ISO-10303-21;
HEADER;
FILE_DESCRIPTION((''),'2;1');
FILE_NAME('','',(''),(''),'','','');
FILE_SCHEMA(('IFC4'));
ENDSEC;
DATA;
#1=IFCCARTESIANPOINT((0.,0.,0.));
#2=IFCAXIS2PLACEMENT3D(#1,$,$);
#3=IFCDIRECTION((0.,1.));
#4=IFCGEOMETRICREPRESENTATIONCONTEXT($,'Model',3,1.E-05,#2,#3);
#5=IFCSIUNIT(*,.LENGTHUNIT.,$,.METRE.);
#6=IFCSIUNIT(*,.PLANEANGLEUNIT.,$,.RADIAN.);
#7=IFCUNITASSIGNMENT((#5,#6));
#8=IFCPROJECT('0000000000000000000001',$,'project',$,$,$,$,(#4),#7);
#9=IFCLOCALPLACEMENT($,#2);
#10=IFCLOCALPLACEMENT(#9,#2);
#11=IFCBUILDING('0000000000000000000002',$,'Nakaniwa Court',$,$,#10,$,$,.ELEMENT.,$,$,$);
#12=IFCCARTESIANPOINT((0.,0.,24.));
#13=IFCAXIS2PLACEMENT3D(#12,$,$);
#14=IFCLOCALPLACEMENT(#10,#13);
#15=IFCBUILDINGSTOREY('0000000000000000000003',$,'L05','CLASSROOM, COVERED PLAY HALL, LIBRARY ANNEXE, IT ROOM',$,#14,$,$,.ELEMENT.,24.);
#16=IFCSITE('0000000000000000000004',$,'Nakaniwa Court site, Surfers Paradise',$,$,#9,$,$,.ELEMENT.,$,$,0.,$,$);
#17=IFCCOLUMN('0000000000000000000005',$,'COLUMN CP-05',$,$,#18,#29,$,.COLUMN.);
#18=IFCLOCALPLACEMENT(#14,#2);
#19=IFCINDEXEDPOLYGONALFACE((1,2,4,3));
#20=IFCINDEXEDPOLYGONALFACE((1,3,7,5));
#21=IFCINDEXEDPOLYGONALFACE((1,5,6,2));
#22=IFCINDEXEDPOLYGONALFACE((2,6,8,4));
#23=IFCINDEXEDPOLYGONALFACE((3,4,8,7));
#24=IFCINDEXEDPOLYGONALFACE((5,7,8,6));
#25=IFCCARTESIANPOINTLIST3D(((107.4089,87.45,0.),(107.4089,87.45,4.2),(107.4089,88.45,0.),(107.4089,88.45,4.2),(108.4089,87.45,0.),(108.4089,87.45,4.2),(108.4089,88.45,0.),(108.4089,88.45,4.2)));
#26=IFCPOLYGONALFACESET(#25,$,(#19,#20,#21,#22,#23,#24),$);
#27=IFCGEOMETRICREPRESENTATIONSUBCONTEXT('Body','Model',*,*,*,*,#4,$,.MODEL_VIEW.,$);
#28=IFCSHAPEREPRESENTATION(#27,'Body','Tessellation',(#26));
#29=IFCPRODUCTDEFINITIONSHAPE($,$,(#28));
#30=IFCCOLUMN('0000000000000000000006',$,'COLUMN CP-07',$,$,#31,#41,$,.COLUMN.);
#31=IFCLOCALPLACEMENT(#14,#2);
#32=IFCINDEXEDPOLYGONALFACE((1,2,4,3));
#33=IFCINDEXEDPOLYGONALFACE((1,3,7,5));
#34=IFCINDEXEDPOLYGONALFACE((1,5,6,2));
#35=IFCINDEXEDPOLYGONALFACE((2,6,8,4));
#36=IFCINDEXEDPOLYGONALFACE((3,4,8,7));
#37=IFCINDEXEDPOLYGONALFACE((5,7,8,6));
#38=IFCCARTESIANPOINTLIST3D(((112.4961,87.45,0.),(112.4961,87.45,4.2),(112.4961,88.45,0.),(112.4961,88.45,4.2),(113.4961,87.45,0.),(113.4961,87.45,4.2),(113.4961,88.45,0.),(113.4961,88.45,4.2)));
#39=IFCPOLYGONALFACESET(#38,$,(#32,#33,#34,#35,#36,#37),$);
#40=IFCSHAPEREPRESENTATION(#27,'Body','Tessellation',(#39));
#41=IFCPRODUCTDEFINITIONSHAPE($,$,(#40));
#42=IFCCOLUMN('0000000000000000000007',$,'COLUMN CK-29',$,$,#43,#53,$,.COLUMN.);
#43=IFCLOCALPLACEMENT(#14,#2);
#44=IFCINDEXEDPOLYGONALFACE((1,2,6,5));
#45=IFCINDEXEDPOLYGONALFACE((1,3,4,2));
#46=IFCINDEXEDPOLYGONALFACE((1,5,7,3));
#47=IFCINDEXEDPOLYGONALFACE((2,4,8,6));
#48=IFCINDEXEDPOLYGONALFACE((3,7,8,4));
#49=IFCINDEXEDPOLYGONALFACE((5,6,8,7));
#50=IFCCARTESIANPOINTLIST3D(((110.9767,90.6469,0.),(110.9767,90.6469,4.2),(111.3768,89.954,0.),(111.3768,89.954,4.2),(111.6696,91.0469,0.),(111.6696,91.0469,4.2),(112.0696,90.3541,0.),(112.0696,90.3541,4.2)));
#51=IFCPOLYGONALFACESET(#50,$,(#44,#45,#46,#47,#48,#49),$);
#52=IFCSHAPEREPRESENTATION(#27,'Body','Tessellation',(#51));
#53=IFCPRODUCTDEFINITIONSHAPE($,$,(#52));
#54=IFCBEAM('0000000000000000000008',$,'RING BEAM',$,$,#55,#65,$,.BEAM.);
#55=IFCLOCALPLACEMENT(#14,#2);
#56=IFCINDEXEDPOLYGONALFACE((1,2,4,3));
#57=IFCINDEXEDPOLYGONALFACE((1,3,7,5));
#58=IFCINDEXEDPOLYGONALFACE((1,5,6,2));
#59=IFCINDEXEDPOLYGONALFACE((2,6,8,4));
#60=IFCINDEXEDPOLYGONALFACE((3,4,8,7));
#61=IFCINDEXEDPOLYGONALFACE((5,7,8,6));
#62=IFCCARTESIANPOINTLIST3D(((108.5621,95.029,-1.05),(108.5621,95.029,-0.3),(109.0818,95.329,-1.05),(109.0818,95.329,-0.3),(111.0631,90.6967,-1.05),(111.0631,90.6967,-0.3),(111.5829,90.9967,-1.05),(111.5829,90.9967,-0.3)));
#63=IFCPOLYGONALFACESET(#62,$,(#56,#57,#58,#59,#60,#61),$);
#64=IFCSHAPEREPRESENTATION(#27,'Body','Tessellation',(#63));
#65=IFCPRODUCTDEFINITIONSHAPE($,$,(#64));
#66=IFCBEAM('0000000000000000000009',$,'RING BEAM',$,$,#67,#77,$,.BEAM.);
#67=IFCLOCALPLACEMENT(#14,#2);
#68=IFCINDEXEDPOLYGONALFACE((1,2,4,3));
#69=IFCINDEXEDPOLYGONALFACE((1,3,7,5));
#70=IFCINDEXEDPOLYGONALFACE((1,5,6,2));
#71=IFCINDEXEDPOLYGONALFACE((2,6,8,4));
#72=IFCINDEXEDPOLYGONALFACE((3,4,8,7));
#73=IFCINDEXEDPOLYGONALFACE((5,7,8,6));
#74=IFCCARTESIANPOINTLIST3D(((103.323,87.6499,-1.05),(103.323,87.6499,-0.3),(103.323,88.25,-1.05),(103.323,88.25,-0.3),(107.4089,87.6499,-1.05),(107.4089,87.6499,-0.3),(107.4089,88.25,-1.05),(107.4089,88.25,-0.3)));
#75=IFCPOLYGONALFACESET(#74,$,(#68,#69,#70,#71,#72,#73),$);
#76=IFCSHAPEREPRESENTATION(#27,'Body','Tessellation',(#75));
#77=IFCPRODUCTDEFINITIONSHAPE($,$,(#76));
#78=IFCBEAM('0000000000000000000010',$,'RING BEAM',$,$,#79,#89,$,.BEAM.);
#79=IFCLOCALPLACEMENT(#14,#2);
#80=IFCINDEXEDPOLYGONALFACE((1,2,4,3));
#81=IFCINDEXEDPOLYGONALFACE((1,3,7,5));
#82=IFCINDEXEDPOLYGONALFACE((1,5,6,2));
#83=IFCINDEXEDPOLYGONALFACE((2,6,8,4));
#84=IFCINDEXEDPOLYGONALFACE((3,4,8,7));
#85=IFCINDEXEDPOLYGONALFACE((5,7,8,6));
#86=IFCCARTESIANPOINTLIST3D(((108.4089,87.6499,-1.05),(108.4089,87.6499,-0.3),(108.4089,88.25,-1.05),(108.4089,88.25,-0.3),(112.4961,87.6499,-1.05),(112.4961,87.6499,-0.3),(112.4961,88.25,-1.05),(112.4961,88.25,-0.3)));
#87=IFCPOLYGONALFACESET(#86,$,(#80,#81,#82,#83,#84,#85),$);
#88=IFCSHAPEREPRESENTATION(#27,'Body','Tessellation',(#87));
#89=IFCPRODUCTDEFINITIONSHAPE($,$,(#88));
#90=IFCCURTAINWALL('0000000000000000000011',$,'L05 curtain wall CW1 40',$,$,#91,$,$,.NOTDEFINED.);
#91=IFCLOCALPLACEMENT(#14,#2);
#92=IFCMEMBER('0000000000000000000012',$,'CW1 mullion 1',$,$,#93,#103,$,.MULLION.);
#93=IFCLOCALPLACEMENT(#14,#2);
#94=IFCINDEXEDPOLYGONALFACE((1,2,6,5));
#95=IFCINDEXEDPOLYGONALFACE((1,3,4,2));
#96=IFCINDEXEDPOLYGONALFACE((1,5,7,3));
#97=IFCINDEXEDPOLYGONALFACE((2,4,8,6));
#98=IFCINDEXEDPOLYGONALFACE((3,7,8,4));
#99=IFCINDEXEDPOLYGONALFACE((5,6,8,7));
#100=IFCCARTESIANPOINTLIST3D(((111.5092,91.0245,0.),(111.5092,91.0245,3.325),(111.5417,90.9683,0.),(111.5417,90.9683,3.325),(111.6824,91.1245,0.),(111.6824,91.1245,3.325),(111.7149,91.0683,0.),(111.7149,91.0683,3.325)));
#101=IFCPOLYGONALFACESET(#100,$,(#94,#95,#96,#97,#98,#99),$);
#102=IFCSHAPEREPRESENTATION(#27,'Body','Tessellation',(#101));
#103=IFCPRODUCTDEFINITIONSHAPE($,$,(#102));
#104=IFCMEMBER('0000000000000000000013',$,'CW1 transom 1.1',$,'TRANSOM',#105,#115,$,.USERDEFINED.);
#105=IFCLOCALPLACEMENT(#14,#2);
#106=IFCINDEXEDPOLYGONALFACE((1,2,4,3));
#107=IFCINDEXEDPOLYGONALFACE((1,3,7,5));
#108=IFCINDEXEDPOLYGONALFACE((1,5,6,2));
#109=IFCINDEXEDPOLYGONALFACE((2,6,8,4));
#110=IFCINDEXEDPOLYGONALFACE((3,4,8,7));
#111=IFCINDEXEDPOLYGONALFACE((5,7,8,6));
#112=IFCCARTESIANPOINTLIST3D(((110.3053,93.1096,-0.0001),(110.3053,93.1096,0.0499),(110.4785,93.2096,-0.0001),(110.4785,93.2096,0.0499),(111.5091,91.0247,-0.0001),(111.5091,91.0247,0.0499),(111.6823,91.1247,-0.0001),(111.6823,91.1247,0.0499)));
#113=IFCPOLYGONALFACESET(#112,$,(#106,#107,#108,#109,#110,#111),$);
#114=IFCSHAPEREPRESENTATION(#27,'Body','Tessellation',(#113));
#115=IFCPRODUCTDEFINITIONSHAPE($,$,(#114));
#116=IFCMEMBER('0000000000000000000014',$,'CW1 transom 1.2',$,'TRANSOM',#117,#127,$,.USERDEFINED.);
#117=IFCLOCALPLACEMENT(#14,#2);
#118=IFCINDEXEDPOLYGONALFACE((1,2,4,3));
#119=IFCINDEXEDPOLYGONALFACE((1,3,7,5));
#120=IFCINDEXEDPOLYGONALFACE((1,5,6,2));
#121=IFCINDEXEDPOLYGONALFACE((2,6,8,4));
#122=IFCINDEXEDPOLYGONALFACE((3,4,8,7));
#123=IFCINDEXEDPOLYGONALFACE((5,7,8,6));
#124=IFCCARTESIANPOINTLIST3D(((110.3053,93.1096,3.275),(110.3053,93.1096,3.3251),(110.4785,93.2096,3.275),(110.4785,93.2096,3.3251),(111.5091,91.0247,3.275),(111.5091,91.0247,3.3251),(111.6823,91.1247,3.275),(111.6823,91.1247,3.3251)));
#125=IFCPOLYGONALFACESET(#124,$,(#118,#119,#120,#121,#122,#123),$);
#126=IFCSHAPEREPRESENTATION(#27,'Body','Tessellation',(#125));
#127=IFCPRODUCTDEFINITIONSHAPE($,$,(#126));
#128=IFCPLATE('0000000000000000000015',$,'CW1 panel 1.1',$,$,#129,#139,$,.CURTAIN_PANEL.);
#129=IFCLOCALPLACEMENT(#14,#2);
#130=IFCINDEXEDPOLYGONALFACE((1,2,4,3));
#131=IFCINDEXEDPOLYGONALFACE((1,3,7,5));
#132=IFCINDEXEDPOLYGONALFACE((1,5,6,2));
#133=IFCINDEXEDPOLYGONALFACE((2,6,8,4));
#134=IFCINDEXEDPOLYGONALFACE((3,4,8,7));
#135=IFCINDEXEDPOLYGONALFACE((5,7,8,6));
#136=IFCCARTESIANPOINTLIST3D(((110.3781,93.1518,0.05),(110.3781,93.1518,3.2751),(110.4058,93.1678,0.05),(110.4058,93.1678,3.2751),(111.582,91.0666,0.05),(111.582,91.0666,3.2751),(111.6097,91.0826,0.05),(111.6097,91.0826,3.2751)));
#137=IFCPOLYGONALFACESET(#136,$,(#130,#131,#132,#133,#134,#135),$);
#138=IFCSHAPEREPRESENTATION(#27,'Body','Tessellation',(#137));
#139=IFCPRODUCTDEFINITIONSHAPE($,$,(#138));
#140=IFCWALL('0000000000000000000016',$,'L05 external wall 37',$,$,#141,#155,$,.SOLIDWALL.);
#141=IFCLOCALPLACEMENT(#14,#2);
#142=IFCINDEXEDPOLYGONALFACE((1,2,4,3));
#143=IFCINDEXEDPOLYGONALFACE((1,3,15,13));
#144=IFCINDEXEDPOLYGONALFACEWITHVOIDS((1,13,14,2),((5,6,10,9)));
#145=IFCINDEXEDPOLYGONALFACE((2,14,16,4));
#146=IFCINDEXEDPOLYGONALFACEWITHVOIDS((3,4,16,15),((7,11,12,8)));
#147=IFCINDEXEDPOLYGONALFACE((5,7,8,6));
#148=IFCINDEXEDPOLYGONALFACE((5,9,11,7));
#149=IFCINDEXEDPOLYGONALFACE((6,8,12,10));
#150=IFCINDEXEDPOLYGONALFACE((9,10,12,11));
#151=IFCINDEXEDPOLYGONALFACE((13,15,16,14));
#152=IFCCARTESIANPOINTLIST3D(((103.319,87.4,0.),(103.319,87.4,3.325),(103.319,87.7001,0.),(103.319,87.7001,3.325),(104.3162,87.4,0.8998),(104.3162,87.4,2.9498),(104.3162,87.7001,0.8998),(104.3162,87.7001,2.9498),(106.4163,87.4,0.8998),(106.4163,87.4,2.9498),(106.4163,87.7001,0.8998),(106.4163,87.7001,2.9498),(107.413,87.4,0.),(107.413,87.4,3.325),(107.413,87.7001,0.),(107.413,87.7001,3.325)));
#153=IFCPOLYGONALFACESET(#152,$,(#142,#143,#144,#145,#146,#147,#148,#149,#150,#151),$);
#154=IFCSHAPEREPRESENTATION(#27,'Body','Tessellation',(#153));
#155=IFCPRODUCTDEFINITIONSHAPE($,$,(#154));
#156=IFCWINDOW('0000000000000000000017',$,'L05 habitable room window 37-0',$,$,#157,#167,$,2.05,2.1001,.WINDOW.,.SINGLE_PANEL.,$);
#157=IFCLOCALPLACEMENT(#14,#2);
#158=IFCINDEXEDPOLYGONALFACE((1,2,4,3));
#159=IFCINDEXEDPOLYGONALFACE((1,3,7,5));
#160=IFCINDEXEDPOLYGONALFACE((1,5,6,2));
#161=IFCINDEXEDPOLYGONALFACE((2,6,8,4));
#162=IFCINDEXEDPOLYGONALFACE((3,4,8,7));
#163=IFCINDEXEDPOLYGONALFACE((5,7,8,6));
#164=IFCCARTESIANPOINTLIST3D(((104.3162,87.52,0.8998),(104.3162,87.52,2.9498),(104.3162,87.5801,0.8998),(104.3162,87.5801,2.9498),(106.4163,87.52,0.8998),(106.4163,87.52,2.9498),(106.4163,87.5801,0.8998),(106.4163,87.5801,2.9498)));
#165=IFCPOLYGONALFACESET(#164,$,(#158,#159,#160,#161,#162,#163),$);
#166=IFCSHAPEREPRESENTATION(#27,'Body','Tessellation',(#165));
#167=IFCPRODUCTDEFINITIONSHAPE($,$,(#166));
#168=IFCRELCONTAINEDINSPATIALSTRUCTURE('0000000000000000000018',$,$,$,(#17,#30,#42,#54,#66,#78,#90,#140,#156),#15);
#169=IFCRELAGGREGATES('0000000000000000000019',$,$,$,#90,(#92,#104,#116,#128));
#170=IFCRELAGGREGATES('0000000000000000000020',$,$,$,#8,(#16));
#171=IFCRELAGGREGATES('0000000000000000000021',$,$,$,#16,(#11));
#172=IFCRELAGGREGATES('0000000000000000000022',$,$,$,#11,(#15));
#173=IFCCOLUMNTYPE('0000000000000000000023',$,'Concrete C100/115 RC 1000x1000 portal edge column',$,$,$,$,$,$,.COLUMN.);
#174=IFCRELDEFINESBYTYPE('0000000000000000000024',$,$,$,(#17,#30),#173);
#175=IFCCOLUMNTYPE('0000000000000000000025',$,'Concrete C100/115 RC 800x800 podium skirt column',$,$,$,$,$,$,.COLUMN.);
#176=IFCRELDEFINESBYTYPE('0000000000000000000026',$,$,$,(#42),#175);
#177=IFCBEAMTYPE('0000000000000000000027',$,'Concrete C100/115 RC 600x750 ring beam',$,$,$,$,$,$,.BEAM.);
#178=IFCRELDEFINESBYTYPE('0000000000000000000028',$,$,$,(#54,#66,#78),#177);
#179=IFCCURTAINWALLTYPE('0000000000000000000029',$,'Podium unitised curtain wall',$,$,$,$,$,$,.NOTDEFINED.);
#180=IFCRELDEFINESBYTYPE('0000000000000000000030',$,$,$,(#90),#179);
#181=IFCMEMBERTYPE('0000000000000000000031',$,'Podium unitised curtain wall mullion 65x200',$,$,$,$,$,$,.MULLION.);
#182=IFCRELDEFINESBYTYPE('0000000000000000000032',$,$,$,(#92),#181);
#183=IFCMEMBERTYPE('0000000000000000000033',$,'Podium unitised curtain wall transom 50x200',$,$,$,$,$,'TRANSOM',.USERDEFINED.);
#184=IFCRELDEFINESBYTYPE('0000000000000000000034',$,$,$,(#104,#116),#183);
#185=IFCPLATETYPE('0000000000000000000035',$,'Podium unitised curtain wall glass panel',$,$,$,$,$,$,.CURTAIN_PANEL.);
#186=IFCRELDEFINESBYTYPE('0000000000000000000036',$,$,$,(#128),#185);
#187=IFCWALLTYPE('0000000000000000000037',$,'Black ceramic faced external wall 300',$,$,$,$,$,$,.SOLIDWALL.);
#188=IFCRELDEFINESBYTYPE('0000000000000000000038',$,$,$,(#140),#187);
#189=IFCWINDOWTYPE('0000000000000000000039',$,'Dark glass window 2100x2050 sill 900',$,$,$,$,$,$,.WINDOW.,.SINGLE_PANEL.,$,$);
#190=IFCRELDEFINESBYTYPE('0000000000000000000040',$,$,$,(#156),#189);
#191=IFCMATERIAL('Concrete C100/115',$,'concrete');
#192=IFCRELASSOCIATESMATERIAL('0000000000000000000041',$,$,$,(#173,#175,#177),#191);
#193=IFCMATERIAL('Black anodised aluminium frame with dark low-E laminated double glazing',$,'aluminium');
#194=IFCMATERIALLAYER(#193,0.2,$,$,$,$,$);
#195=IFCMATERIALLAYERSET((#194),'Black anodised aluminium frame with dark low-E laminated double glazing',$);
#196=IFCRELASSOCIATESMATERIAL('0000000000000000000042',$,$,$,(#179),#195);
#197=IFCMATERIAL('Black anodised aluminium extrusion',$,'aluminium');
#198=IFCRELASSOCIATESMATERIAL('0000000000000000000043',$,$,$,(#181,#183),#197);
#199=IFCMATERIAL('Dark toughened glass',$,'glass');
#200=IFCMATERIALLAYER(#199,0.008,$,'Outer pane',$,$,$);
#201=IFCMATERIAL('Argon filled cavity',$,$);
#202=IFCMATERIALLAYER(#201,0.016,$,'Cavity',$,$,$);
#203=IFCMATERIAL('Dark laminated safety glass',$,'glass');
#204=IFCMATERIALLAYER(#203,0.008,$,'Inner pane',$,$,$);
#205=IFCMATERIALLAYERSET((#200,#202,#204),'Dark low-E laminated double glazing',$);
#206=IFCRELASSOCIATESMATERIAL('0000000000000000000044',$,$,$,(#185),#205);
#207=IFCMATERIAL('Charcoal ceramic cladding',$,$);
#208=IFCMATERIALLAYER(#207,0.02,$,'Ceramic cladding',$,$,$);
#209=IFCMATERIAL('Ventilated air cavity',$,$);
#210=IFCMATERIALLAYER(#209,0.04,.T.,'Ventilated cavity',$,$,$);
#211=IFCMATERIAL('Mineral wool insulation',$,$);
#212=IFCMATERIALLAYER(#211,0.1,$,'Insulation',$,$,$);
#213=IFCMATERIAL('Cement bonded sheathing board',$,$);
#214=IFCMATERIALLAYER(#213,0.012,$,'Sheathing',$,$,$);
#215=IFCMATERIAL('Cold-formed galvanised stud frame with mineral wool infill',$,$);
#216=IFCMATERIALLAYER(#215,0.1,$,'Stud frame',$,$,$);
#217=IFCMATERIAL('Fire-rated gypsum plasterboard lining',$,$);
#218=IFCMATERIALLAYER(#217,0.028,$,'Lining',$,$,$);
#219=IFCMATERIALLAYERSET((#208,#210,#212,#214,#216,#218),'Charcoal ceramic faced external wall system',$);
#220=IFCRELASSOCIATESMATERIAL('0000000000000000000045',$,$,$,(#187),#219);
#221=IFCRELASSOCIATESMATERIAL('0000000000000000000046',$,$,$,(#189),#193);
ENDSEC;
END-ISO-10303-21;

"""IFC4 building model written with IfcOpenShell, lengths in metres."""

from ifc_helpers import new_model, si_unit, direction, frame, frame_2d, origin, origin_2d, place, context, subcontext, project, spatial, rectangle, extrude, material, layer, layer_set, material_profile, profile_set, type_object, element, fill, aggregate, save


model = new_model("IFC4")

# Units and contexts
model_context = context("Model", 3, precision=1e-05, world=origin(), true_north=direction((0.0, 1.0)))
body_context = subcontext(model_context, "Body", "Model", "MODEL_VIEW")
ifc_project = project(units=[si_unit("LENGTHUNIT", "METRE"), si_unit("PLANEANGLEUNIT", "RADIAN")], contexts=[model_context])

# Site, building, storey
site_placement = place(None, origin())
site = spatial("IfcSite", under=ifc_project, at=site_placement, Name="Nakaniwa Court site, Surfers Paradise", CompositionType="ELEMENT", RefElevation=0.0)
building_placement = place(site_placement, origin())
building = spatial("IfcBuilding", under=site, at=building_placement, Name="Nakaniwa Court", CompositionType="ELEMENT")
storey_placement = place(building_placement, frame((0.0, 0.0, 24.0)))
storey = spatial("IfcBuildingStorey", under=building, at=storey_placement, Name="L05", Description="CLASSROOM, COVERED PLAY HALL, LIBRARY ANNEXE, IT ROOM", CompositionType="ELEMENT", Elevation=24.0)

# Columns
ifc_material_1 = material(Name="Concrete C100/115", Category="concrete")
ifc_material_profile_1 = material_profile(ifc_material_1, rectangle(XDim=1.0, YDim=1.0, at=origin_2d()), Name="Concrete C100/115 RC 1000x1000 portal edge column")
ifc_profile_set_1 = profile_set([ifc_material_profile_1], Name="Concrete C100/115")
column_type_1 = type_object("IfcColumnType", Name="Concrete C100/115 RC 1000x1000 portal edge column", PredefinedType="COLUMN", material=ifc_profile_set_1)
for number, where, z_axis, x_axis, name in (
    (1, (107.9089, 87.95, 0.0), (0.0, 0.0, 1.0), (1.0, 0.0, 0.0), "COLUMN CP-05"),
    (2, (112.9961, 87.95, 0.0), (0.0, 0.0, 1.0), (1.0, 0.0, 0.0), "COLUMN CP-07"),
):
    element("IfcColumn", number, at=place(storey_placement, frame(where, z_axis=z_axis, x_axis=x_axis)), inside=storey, type_object=column_type_1, Name=name, PredefinedType="COLUMN", context=body_context, shape_type="SweptSolid", body=[
        extrude(rectangle(XDim=1.0, YDim=1.0, at=origin_2d()), origin(), (0.0, 0.0, 1.0), 4.2),
    ])
ifc_material_profile_2 = material_profile(ifc_material_1, rectangle(XDim=0.8, YDim=0.8, at=origin_2d()), Name="Concrete C100/115 RC 800x800 podium skirt column")
ifc_profile_set_2 = profile_set([ifc_material_profile_2], Name="Concrete C100/115")
column_type_2 = type_object("IfcColumnType", Name="Concrete C100/115 RC 800x800 podium skirt column", PredefinedType="COLUMN", material=ifc_profile_set_2)
column_placement = place(storey_placement, frame((111.5232, 90.5005, 0.0), z_axis=(0.0, 0.0, 1.0), x_axis=(-0.5, 0.866025, 0.0)))
element("IfcColumn", 3, at=column_placement, inside=storey, type_object=column_type_2, Name="COLUMN CK-29", PredefinedType="COLUMN", context=body_context, shape_type="SweptSolid", body=[
    extrude(rectangle(XDim=0.8, YDim=0.8, at=origin_2d()), origin(), (0.0, 0.0, 1.0), 4.2),
])

# Beams
ifc_material_profile_3 = material_profile(ifc_material_1, rectangle(XDim=0.6001, YDim=0.75, at=origin_2d()), Name="Concrete C100/115 RC 600x750 ring beam")
ifc_profile_set_3 = profile_set([ifc_material_profile_3], Name="Concrete C100/115")
beam_type = type_object("IfcBeamType", Name="Concrete C100/115 RC 600x750 ring beam", PredefinedType="BEAM", material=ifc_profile_set_3)
beam_1_placement = place(storey_placement, frame((111.323, 90.8467, -0.675), z_axis=(-0.49996, 0.866048, 0.0), x_axis=(-0.866048, -0.49996, 0.0)))
element("IfcBeam", 4, at=beam_1_placement, inside=storey, type_object=beam_type, Name="RING BEAM", PredefinedType="BEAM", context=body_context, shape_type="SweptSolid", body=[
    extrude(rectangle(XDim=0.6001, YDim=0.75, at=origin_2d()), origin(), (0.0, 0.0, 1.0), 5.0024),
])
beam_2_placement = place(storey_placement, frame((103.323, 87.95, -0.675), z_axis=(1.0, 0.0, 0.0), x_axis=(0.0, 1.0, 0.0)))
element("IfcBeam", 5, at=beam_2_placement, inside=storey, type_object=beam_type, Name="RING BEAM", PredefinedType="BEAM", context=body_context, shape_type="SweptSolid", body=[
    extrude(rectangle(XDim=0.6001, YDim=0.75, at=origin_2d()), origin(), (0.0, 0.0, 1.0), 4.0859),
])
beam_3_placement = place(storey_placement, frame((108.4089, 87.95, -0.675), z_axis=(1.0, 0.0, 0.0), x_axis=(0.0, 1.0, 0.0)))
element("IfcBeam", 6, at=beam_3_placement, inside=storey, type_object=beam_type, Name="RING BEAM", PredefinedType="BEAM", context=body_context, shape_type="SweptSolid", body=[
    extrude(rectangle(XDim=0.6001, YDim=0.75, at=origin_2d()), origin(), (0.0, 0.0, 1.0), 4.0872),
])

# Curtain wall, members, plate
ifc_material_2 = material(Name="Black anodised aluminium frame with dark low-E laminated double glazing", Category="aluminium")
ifc_layer_1 = layer(ifc_material_2, 0.2)
ifc_layer_set_1 = layer_set([ifc_layer_1], Name="Black anodised aluminium frame with dark low-E laminated double glazing")
curtain_wall_type = type_object("IfcCurtainWallType", Name="Podium unitised curtain wall", PredefinedType="NOTDEFINED", material=ifc_layer_set_1)
curtain_wall_placement = place(storey_placement, origin())
curtain_wall = element("IfcCurtainWall", 7, at=curtain_wall_placement, inside=storey, type_object=curtain_wall_type, Name="L05 curtain wall CW1 40", PredefinedType="NOTDEFINED")
ifc_material_3 = material(Name="Black anodised aluminium extrusion", Category="aluminium")
ifc_material_profile_4 = material_profile(ifc_material_3, rectangle(XDim=0.2, YDim=0.0649, at=origin_2d()), Name="Podium unitised curtain wall mullion 65x200")
ifc_profile_set_4 = profile_set([ifc_material_profile_4], Name="Black anodised aluminium extrusion")
member_type_1 = type_object("IfcMemberType", Name="Podium unitised curtain wall mullion 65x200", PredefinedType="MULLION", material=ifc_profile_set_4)
member_1_placement = place(storey_placement, frame((111.6121, 91.0464, 0.0), z_axis=(0.0, 0.0, 1.0), x_axis=(-0.866032, -0.499988, 0.0)))
member_1 = element("IfcMember", 8, at=member_1_placement, type_object=member_type_1, Name="CW1 mullion 1", PredefinedType="MULLION", context=body_context, shape_type="SweptSolid", body=[
    extrude(rectangle(XDim=0.2, YDim=0.0649, at=origin_2d()), origin(), (0.0, 0.0, 1.0), 3.325),
])
ifc_material_profile_5 = material_profile(ifc_material_3, rectangle(XDim=0.2, YDim=0.05, at=origin_2d()), Name="Podium unitised curtain wall transom 50x200")
ifc_profile_set_5 = profile_set([ifc_material_profile_5], Name="Black anodised aluminium extrusion")
member_type_2 = type_object("IfcMemberType", Name="Podium unitised curtain wall transom 50x200", ElementType="TRANSOM", PredefinedType="USERDEFINED", material=ifc_profile_set_5)
member_2_placement = place(storey_placement, frame((111.5957, 91.0747, 0.0249), z_axis=(-0.500033, 0.866007, 0.0), x_axis=(-0.866007, -0.500033, 0.0)))
member_2 = element("IfcMember", 9, at=member_2_placement, type_object=member_type_2, Name="CW1 transom 1.1", ObjectType="TRANSOM", PredefinedType="USERDEFINED", context=body_context, shape_type="SweptSolid", body=[
    extrude(rectangle(XDim=0.2, YDim=0.05, at=origin_2d()), origin(), (0.0, 0.0, 1.0), 2.4075),
])
member_3_placement = place(storey_placement, frame((111.5957, 91.0747, 3.3), z_axis=(-0.500033, 0.866007, 0.0), x_axis=(-0.866007, -0.500033, 0.0)))
member_3 = element("IfcMember", 10, at=member_3_placement, type_object=member_type_2, Name="CW1 transom 1.2", ObjectType="TRANSOM", PredefinedType="USERDEFINED", context=body_context, shape_type="SweptSolid", body=[
    extrude(rectangle(XDim=0.2, YDim=0.05, at=origin_2d()), origin(), (0.0, 0.0, 1.0), 2.4075),
])
ifc_material_4 = material(Name="Dark toughened glass", Category="glass")
ifc_layer_2 = layer(ifc_material_4, 0.008, Name="Outer pane")
ifc_material_5 = material(Name="Argon filled cavity")
ifc_layer_3 = layer(ifc_material_5, 0.016, Name="Cavity")
ifc_material_6 = material(Name="Dark laminated safety glass", Category="glass")
ifc_layer_4 = layer(ifc_material_6, 0.008, Name="Inner pane")
ifc_layer_set_2 = layer_set([ifc_layer_2, ifc_layer_3, ifc_layer_4], Name="Dark low-E laminated double glazing")
plate_type = type_object("IfcPlateType", Name="Podium unitised curtain wall glass panel", PredefinedType="CURTAIN_PANEL", material=ifc_layer_set_2)
plate_placement = place(storey_placement, frame((110.9939, 92.1172, 0.05), z_axis=(0.0, 0.0, 1.0), x_axis=(-0.499988, 0.866032, 0.0)))
plate = element("IfcPlate", 11, at=plate_placement, type_object=plate_type, Name="CW1 panel 1.1", PredefinedType="CURTAIN_PANEL", context=body_context, shape_type="SweptSolid", body=[
    extrude(rectangle(XDim=2.4077, YDim=0.032, at=origin_2d()), origin(), (0.0, 0.0, 1.0), 3.2251),
])
aggregate(curtain_wall, [member_1, member_2, member_3, plate])

# Wall, opening, window
ifc_material_7 = material(Name="Charcoal ceramic cladding")
ifc_layer_5 = layer(ifc_material_7, 0.02, Name="Ceramic cladding")
ifc_material_8 = material(Name="Ventilated air cavity")
ifc_layer_6 = layer(ifc_material_8, 0.04, ventilated=True, Name="Ventilated cavity")
ifc_material_9 = material(Name="Mineral wool insulation")
ifc_layer_7 = layer(ifc_material_9, 0.1, Name="Insulation")
ifc_material_10 = material(Name="Cement bonded sheathing board")
ifc_layer_8 = layer(ifc_material_10, 0.012, Name="Sheathing")
ifc_material_11 = material(Name="Cold-formed galvanised stud frame with mineral wool infill")
ifc_layer_9 = layer(ifc_material_11, 0.1, Name="Stud frame")
ifc_material_12 = material(Name="Fire-rated gypsum plasterboard lining")
ifc_layer_10 = layer(ifc_material_12, 0.028, Name="Lining")
ifc_layer_set_3 = layer_set([ifc_layer_5, ifc_layer_6, ifc_layer_7, ifc_layer_8, ifc_layer_9, ifc_layer_10], Name="Charcoal ceramic faced external wall system")
wall_type_1 = type_object("IfcWallType", Name="Black ceramic faced external wall 300", PredefinedType="SOLIDWALL", material=ifc_layer_set_3)
wall_1_placement = place(storey_placement, frame((103.3191, 87.55, 0.0), z_axis=(0.0, 0.0, 1.0), x_axis=(1.0, 0.0, 0.0)))
wall_1 = element("IfcWall", 12, at=wall_1_placement, inside=storey, type_object=wall_type_1, Name="L05 external wall 37", PredefinedType="SOLIDWALL", context=body_context, shape_type="SweptSolid", body=[
    extrude(rectangle(XDim=4.094, YDim=0.3, at=frame_2d((2.0469, 0.0))), origin(), (0.0, 0.0, 1.0), 3.325),
])
opening_1_placement = place(wall_1_placement, frame((0.9971, 0.0, 0.8999)))
opening_1 = element("IfcOpeningElement", 13, at=opening_1_placement, cuts=wall_1, PredefinedType="OPENING", context=body_context, shape_type="SweptSolid", body=[
    extrude(rectangle(XDim=2.1001, YDim=2.05, at=frame_2d((1.05, 1.0249))), frame((0.0, 0.1599, 0.0), z_axis=(0.0, -1.0, 0.0), x_axis=(1.0, 0.0, 0.0)), (0.0, 0.0, 1.0), 0.3201),
])
window_type_1 = type_object("IfcWindowType", Name="Dark glass window 2100x2050 sill 900", PartitioningType="SINGLE_PANEL", PredefinedType="WINDOW", material=ifc_material_2)
window_1_placement = place(opening_1_placement, origin())
window_1 = element("IfcWindow", 14, at=window_1_placement, inside=storey, type_object=window_type_1, Name="L05 habitable room window 37-0", OverallHeight=2.05, OverallWidth=2.1001, PartitioningType="SINGLE_PANEL", PredefinedType="WINDOW", context=body_context, shape_type="SweptSolid", body=[
    extrude(rectangle(XDim=2.1001, YDim=2.05, at=frame_2d((1.05, 1.0249))), frame((0.0, 0.03, 0.0), z_axis=(0.0, -1.0, 0.0), x_axis=(1.0, 0.0, 0.0)), (0.0, 0.0, 1.0), 0.0601),
])
fill(opening_1, window_1)

save(model, "model.ifc")
